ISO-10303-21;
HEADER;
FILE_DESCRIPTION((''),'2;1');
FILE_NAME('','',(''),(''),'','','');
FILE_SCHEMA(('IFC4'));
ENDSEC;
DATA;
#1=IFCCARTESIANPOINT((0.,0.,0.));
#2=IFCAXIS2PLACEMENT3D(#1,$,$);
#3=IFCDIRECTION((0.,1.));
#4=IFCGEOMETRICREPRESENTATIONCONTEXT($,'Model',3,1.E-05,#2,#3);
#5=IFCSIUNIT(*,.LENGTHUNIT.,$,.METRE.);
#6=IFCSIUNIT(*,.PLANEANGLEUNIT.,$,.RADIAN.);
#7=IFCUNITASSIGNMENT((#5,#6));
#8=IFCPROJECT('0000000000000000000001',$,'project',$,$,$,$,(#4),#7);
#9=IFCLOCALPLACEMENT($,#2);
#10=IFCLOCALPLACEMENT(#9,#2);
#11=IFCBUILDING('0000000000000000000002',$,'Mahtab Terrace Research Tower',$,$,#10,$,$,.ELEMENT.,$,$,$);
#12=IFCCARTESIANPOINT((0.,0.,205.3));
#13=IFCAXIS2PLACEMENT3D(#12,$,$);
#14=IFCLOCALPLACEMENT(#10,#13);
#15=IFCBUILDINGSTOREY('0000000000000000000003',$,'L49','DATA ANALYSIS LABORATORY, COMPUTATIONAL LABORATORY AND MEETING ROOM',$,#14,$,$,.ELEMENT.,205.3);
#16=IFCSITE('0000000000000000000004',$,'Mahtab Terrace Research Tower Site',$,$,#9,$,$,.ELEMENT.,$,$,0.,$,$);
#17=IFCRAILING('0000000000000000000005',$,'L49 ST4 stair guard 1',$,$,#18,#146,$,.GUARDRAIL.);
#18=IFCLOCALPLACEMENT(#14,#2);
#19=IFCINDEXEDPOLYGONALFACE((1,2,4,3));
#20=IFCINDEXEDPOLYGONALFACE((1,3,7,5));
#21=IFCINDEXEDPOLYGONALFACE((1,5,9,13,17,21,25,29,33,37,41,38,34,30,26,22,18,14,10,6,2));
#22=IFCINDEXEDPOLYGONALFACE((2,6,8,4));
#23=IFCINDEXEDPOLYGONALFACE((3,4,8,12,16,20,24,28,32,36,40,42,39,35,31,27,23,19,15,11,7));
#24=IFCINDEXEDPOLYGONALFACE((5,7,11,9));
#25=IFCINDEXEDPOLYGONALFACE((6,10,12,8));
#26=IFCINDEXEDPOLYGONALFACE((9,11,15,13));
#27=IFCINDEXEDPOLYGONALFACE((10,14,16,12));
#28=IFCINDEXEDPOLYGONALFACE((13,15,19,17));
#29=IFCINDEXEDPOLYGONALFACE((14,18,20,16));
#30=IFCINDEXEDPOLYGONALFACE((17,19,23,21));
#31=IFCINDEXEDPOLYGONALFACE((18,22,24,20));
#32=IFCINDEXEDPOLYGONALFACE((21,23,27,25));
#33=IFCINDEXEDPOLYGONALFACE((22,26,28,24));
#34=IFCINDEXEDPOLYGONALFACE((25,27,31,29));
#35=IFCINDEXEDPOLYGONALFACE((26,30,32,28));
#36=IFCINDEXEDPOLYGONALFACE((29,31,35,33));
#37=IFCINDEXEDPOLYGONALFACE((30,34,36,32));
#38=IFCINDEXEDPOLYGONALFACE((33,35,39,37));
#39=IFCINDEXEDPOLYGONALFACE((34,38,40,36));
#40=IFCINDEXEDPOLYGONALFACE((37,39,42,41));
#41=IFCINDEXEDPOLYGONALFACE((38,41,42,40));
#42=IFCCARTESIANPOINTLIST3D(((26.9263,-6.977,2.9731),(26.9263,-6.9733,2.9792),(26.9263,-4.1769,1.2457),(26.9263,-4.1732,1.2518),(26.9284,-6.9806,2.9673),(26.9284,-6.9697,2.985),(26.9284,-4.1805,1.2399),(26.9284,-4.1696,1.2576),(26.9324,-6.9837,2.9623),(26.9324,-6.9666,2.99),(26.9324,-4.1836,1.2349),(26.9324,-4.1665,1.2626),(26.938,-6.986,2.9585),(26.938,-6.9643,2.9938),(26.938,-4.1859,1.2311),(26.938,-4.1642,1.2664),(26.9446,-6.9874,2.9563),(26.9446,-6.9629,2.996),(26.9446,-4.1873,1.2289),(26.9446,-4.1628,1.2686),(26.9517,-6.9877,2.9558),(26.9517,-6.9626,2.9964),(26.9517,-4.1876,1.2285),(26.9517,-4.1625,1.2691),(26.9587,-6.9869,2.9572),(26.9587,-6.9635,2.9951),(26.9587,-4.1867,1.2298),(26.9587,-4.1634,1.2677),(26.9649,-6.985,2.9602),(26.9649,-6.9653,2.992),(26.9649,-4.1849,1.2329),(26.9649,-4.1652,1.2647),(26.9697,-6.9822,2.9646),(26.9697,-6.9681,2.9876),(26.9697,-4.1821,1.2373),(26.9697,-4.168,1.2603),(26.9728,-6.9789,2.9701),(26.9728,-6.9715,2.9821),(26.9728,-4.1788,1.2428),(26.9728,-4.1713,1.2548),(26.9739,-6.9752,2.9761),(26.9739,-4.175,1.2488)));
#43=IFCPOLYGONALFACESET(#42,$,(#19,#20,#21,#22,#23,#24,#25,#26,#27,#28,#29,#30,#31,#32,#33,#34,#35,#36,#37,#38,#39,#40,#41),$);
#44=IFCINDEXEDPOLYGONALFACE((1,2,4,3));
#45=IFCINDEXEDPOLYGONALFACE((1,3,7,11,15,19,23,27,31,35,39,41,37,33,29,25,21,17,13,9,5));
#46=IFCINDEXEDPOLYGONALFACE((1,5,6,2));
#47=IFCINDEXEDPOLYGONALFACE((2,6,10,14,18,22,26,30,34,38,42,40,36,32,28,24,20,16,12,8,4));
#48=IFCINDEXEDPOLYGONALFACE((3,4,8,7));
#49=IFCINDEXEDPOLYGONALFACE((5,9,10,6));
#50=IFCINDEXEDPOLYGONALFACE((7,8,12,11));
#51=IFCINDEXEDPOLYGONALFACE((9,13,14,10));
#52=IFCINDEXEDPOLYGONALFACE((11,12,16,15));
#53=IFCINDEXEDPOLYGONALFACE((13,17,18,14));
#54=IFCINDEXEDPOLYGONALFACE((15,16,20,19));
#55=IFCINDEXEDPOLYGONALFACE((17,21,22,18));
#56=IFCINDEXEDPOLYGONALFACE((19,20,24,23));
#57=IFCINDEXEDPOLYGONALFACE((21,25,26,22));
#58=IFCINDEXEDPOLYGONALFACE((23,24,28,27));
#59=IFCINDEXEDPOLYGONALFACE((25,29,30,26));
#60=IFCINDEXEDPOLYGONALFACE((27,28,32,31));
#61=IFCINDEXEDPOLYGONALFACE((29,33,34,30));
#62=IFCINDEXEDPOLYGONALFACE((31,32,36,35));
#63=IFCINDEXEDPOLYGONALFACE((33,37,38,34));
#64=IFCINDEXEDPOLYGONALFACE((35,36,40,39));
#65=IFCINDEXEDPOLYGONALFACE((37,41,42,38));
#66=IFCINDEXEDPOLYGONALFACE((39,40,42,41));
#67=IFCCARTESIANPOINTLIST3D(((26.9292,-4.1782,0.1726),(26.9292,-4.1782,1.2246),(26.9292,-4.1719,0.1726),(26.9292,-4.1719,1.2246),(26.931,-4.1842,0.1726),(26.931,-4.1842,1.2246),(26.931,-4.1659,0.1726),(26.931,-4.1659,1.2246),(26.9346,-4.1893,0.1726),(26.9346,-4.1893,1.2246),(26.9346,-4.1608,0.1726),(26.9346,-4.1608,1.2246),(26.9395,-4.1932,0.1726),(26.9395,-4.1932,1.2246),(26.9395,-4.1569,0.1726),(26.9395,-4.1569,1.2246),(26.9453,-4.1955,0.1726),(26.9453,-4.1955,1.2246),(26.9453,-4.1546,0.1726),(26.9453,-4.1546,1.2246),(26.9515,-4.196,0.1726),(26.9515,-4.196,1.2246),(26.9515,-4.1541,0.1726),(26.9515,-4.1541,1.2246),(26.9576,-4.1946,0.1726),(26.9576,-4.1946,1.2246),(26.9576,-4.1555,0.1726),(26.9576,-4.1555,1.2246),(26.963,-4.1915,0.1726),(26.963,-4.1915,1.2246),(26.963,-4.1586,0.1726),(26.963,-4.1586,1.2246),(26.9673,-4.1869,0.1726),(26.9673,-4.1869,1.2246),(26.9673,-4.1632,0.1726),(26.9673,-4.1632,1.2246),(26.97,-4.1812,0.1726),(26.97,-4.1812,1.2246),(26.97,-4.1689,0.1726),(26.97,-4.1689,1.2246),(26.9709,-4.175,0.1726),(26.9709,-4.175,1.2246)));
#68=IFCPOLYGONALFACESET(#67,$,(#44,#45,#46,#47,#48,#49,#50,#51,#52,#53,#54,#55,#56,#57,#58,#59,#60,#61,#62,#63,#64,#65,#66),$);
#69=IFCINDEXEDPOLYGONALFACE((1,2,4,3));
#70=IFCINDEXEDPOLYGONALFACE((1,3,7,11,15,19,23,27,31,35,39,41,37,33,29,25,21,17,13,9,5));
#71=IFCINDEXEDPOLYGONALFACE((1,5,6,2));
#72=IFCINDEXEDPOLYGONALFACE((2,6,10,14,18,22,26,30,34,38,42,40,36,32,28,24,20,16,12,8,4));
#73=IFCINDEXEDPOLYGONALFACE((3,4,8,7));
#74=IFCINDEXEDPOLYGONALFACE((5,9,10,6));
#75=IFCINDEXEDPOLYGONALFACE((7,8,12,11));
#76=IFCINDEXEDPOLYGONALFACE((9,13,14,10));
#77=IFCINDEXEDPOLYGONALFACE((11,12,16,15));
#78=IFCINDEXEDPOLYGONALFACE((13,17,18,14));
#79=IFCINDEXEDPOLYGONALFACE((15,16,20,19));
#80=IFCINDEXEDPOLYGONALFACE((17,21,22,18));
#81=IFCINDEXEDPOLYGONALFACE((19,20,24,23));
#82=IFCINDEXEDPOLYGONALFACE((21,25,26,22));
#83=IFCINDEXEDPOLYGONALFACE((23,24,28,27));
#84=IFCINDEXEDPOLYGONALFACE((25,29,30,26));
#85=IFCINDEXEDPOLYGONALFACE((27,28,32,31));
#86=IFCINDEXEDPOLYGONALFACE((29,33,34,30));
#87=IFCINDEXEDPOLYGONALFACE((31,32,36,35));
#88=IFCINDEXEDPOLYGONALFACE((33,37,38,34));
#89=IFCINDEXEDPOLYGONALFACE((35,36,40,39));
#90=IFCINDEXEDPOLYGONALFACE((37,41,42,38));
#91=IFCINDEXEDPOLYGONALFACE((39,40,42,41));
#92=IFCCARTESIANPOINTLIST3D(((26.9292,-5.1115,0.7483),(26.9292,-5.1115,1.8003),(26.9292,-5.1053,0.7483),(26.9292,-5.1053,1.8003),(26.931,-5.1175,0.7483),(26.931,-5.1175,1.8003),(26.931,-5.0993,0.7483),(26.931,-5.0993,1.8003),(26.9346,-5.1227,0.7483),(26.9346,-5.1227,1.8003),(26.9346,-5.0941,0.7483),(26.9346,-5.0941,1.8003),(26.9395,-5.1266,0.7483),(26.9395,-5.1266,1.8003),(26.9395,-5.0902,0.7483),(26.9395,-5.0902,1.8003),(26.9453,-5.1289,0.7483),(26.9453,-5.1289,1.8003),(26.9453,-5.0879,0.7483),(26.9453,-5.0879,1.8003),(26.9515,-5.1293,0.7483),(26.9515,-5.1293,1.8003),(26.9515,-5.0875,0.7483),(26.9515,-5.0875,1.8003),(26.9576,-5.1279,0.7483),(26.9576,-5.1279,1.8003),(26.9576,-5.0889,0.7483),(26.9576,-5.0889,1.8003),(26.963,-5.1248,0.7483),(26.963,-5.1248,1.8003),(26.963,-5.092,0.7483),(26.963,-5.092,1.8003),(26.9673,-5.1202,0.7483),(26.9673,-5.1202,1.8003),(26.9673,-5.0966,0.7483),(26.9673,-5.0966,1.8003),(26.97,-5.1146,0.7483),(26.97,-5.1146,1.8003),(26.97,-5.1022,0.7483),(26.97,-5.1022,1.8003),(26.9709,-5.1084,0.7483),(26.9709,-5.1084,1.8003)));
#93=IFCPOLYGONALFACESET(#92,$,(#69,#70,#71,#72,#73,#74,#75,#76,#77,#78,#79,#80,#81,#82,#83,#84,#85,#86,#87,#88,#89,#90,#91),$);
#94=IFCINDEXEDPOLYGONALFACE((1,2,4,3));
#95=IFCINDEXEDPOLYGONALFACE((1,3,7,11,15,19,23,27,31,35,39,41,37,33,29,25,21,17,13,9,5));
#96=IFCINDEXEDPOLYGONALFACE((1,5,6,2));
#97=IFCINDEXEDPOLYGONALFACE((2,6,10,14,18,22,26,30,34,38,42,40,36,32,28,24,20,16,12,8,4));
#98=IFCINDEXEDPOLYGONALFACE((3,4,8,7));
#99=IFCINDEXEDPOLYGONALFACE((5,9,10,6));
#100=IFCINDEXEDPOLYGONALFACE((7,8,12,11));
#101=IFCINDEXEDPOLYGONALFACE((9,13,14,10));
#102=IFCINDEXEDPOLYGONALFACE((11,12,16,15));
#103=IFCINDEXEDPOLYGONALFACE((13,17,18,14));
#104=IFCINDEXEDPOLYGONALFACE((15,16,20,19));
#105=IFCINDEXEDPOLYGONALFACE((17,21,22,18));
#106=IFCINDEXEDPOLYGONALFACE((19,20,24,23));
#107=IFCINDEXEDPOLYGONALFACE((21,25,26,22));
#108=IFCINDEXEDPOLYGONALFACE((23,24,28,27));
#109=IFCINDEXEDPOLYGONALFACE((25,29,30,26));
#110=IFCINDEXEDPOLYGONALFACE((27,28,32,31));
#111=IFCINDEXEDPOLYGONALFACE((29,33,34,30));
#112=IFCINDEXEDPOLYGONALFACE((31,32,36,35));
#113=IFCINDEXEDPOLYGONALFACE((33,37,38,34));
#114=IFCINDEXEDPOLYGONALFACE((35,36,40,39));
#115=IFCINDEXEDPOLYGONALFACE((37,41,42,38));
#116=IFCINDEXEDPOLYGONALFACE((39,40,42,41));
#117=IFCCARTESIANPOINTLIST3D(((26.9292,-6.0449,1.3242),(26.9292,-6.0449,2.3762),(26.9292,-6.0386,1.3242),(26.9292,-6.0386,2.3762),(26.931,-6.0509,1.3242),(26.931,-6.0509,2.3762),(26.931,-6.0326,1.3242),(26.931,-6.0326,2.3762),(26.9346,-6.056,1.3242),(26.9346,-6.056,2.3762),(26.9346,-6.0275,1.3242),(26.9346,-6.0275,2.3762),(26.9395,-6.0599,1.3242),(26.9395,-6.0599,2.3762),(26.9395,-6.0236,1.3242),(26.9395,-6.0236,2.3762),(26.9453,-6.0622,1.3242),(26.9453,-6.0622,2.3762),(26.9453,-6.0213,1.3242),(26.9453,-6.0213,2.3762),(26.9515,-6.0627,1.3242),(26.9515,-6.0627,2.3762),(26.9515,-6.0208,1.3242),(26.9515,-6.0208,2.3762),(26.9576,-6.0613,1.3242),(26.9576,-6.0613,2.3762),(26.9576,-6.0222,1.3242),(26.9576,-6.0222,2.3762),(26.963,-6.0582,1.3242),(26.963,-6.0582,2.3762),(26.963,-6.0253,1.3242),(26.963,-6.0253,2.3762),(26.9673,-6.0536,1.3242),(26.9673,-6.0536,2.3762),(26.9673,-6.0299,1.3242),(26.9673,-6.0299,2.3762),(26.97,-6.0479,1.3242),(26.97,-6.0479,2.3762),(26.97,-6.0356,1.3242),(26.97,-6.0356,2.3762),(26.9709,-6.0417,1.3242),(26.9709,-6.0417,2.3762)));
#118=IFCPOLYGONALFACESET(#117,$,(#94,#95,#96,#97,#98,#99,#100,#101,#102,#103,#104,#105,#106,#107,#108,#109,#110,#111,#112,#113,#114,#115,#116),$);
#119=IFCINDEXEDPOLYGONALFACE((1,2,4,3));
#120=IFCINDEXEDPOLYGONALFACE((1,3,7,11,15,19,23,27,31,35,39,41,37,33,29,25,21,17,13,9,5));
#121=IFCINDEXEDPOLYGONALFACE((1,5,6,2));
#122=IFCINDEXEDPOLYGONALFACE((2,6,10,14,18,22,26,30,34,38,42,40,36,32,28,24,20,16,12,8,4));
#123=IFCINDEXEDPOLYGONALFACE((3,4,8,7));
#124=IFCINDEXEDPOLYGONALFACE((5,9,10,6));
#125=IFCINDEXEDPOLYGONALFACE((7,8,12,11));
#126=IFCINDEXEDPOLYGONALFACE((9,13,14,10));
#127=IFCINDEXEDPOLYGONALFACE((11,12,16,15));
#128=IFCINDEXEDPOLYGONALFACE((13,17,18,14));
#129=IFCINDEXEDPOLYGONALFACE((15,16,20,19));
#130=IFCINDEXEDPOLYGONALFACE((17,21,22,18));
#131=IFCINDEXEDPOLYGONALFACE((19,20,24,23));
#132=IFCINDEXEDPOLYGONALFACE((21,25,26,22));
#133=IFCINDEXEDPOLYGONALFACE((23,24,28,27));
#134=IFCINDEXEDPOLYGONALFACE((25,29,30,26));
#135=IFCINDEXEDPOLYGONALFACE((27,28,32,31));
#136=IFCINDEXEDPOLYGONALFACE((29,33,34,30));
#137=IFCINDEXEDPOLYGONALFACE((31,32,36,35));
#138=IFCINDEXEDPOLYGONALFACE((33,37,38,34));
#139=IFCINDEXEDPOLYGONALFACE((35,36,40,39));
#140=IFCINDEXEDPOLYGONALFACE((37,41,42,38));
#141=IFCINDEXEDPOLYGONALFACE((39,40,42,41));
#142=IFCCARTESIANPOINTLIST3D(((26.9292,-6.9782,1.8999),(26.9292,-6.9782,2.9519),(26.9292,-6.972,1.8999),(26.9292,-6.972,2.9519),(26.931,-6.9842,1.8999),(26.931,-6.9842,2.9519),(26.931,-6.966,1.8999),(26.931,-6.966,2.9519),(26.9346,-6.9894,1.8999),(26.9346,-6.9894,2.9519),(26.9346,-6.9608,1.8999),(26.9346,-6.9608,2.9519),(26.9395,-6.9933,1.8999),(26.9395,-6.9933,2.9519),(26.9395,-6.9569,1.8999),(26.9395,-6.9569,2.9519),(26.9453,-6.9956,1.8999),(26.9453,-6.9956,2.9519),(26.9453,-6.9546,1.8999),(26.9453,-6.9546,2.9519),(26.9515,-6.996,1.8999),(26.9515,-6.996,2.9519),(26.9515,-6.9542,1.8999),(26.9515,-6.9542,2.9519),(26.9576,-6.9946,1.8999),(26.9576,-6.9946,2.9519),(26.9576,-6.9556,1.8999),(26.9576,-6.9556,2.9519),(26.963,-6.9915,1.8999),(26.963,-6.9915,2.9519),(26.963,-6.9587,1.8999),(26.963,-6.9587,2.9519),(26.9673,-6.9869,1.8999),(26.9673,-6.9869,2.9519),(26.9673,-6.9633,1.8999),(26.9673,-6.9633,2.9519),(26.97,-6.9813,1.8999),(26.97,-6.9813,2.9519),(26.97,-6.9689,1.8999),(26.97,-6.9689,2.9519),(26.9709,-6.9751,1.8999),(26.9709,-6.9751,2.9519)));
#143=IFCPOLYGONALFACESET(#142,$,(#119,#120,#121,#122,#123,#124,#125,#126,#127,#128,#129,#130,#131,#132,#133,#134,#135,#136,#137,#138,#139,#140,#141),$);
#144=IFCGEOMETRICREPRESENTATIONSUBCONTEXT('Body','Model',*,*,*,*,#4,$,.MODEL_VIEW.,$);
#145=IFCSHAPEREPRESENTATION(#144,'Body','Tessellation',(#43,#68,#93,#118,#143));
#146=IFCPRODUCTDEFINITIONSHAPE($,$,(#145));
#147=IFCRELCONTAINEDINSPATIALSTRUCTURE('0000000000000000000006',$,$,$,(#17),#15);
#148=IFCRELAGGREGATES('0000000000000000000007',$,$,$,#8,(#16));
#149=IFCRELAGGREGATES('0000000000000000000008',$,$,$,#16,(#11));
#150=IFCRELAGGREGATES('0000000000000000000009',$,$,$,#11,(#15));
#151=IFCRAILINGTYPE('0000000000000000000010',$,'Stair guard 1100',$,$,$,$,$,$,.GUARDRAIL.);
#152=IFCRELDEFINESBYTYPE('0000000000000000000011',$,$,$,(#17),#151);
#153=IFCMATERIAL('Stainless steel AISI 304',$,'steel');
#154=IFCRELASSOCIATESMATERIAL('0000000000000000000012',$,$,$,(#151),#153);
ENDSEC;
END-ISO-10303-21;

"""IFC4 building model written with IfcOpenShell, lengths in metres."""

from ifc_helpers import new_model, si_unit, direction, frame, origin, origin_2d, place, context, subcontext, project, spatial, circle, extrude, material, type_object, element, save


model = new_model("IFC4")

# Units and contexts
model_context = context("Model", 3, precision=1e-05, world=origin(), true_north=direction((0.0, 1.0)))
body_context = subcontext(model_context, "Body", "Model", "MODEL_VIEW")
ifc_project = project(units=[si_unit("LENGTHUNIT", "METRE"), si_unit("PLANEANGLEUNIT", "RADIAN")], contexts=[model_context])

# Site, building, storey
site_placement = place(None, origin())
site = spatial("IfcSite", under=ifc_project, at=site_placement, Name="Mahtab Terrace Research Tower Site", CompositionType="ELEMENT", RefElevation=0.0)
building_placement = place(site_placement, origin())
building = spatial("IfcBuilding", under=site, at=building_placement, Name="Mahtab Terrace Research Tower", CompositionType="ELEMENT")
storey_placement = place(building_placement, frame((0.0, 0.0, 205.3)))
storey = spatial("IfcBuildingStorey", under=building, at=storey_placement, Name="L49", Description="DATA ANALYSIS LABORATORY, COMPUTATIONAL LABORATORY AND MEETING ROOM", CompositionType="ELEMENT", Elevation=205.3)

# Shared definitions
ifc_material_1 = material(Name="Stainless steel AISI 304", Category="steel")

# Railing
railing_type_1 = type_object("IfcRailingType", Name="Stair guard 1100", PredefinedType="GUARDRAIL", material=ifc_material_1)
railing_1_placement = place(storey_placement, frame((26.95, -4.175, 0.1726)))
element("IfcRailing", 1, at=railing_1_placement, inside=storey, type_object=railing_type_1, Name="L49 ST4 stair guard 1", PredefinedType="GUARDRAIL", context=body_context, shape_type="SweptSolid", body=[
    extrude(circle(Radius=0.0239, at=origin_2d()), frame((0.0, 0.0, 1.0762), z_axis=(0.0, -0.85109, 0.52502), x_axis=(1.0, 0.0, 0.0)), (0.0, 0.0, 1.0), 3.29),
    extrude(circle(Radius=0.021, at=origin_2d()), origin(), (0.0, 0.0, 1.0), 1.052),
    extrude(circle(Radius=0.021, at=origin_2d()), frame((0.0, -0.9333, 0.5757)), (0.0, 0.0, 1.0), 1.052),
    extrude(circle(Radius=0.021, at=origin_2d()), frame((0.0, -1.8667, 1.1516)), (0.0, 0.0, 1.0), 1.052),
    extrude(circle(Radius=0.021, at=origin_2d()), frame((0.0, -2.8, 1.7273)), (0.0, 0.0, 1.0), 1.052),
])

save(model, "model.ifc")
